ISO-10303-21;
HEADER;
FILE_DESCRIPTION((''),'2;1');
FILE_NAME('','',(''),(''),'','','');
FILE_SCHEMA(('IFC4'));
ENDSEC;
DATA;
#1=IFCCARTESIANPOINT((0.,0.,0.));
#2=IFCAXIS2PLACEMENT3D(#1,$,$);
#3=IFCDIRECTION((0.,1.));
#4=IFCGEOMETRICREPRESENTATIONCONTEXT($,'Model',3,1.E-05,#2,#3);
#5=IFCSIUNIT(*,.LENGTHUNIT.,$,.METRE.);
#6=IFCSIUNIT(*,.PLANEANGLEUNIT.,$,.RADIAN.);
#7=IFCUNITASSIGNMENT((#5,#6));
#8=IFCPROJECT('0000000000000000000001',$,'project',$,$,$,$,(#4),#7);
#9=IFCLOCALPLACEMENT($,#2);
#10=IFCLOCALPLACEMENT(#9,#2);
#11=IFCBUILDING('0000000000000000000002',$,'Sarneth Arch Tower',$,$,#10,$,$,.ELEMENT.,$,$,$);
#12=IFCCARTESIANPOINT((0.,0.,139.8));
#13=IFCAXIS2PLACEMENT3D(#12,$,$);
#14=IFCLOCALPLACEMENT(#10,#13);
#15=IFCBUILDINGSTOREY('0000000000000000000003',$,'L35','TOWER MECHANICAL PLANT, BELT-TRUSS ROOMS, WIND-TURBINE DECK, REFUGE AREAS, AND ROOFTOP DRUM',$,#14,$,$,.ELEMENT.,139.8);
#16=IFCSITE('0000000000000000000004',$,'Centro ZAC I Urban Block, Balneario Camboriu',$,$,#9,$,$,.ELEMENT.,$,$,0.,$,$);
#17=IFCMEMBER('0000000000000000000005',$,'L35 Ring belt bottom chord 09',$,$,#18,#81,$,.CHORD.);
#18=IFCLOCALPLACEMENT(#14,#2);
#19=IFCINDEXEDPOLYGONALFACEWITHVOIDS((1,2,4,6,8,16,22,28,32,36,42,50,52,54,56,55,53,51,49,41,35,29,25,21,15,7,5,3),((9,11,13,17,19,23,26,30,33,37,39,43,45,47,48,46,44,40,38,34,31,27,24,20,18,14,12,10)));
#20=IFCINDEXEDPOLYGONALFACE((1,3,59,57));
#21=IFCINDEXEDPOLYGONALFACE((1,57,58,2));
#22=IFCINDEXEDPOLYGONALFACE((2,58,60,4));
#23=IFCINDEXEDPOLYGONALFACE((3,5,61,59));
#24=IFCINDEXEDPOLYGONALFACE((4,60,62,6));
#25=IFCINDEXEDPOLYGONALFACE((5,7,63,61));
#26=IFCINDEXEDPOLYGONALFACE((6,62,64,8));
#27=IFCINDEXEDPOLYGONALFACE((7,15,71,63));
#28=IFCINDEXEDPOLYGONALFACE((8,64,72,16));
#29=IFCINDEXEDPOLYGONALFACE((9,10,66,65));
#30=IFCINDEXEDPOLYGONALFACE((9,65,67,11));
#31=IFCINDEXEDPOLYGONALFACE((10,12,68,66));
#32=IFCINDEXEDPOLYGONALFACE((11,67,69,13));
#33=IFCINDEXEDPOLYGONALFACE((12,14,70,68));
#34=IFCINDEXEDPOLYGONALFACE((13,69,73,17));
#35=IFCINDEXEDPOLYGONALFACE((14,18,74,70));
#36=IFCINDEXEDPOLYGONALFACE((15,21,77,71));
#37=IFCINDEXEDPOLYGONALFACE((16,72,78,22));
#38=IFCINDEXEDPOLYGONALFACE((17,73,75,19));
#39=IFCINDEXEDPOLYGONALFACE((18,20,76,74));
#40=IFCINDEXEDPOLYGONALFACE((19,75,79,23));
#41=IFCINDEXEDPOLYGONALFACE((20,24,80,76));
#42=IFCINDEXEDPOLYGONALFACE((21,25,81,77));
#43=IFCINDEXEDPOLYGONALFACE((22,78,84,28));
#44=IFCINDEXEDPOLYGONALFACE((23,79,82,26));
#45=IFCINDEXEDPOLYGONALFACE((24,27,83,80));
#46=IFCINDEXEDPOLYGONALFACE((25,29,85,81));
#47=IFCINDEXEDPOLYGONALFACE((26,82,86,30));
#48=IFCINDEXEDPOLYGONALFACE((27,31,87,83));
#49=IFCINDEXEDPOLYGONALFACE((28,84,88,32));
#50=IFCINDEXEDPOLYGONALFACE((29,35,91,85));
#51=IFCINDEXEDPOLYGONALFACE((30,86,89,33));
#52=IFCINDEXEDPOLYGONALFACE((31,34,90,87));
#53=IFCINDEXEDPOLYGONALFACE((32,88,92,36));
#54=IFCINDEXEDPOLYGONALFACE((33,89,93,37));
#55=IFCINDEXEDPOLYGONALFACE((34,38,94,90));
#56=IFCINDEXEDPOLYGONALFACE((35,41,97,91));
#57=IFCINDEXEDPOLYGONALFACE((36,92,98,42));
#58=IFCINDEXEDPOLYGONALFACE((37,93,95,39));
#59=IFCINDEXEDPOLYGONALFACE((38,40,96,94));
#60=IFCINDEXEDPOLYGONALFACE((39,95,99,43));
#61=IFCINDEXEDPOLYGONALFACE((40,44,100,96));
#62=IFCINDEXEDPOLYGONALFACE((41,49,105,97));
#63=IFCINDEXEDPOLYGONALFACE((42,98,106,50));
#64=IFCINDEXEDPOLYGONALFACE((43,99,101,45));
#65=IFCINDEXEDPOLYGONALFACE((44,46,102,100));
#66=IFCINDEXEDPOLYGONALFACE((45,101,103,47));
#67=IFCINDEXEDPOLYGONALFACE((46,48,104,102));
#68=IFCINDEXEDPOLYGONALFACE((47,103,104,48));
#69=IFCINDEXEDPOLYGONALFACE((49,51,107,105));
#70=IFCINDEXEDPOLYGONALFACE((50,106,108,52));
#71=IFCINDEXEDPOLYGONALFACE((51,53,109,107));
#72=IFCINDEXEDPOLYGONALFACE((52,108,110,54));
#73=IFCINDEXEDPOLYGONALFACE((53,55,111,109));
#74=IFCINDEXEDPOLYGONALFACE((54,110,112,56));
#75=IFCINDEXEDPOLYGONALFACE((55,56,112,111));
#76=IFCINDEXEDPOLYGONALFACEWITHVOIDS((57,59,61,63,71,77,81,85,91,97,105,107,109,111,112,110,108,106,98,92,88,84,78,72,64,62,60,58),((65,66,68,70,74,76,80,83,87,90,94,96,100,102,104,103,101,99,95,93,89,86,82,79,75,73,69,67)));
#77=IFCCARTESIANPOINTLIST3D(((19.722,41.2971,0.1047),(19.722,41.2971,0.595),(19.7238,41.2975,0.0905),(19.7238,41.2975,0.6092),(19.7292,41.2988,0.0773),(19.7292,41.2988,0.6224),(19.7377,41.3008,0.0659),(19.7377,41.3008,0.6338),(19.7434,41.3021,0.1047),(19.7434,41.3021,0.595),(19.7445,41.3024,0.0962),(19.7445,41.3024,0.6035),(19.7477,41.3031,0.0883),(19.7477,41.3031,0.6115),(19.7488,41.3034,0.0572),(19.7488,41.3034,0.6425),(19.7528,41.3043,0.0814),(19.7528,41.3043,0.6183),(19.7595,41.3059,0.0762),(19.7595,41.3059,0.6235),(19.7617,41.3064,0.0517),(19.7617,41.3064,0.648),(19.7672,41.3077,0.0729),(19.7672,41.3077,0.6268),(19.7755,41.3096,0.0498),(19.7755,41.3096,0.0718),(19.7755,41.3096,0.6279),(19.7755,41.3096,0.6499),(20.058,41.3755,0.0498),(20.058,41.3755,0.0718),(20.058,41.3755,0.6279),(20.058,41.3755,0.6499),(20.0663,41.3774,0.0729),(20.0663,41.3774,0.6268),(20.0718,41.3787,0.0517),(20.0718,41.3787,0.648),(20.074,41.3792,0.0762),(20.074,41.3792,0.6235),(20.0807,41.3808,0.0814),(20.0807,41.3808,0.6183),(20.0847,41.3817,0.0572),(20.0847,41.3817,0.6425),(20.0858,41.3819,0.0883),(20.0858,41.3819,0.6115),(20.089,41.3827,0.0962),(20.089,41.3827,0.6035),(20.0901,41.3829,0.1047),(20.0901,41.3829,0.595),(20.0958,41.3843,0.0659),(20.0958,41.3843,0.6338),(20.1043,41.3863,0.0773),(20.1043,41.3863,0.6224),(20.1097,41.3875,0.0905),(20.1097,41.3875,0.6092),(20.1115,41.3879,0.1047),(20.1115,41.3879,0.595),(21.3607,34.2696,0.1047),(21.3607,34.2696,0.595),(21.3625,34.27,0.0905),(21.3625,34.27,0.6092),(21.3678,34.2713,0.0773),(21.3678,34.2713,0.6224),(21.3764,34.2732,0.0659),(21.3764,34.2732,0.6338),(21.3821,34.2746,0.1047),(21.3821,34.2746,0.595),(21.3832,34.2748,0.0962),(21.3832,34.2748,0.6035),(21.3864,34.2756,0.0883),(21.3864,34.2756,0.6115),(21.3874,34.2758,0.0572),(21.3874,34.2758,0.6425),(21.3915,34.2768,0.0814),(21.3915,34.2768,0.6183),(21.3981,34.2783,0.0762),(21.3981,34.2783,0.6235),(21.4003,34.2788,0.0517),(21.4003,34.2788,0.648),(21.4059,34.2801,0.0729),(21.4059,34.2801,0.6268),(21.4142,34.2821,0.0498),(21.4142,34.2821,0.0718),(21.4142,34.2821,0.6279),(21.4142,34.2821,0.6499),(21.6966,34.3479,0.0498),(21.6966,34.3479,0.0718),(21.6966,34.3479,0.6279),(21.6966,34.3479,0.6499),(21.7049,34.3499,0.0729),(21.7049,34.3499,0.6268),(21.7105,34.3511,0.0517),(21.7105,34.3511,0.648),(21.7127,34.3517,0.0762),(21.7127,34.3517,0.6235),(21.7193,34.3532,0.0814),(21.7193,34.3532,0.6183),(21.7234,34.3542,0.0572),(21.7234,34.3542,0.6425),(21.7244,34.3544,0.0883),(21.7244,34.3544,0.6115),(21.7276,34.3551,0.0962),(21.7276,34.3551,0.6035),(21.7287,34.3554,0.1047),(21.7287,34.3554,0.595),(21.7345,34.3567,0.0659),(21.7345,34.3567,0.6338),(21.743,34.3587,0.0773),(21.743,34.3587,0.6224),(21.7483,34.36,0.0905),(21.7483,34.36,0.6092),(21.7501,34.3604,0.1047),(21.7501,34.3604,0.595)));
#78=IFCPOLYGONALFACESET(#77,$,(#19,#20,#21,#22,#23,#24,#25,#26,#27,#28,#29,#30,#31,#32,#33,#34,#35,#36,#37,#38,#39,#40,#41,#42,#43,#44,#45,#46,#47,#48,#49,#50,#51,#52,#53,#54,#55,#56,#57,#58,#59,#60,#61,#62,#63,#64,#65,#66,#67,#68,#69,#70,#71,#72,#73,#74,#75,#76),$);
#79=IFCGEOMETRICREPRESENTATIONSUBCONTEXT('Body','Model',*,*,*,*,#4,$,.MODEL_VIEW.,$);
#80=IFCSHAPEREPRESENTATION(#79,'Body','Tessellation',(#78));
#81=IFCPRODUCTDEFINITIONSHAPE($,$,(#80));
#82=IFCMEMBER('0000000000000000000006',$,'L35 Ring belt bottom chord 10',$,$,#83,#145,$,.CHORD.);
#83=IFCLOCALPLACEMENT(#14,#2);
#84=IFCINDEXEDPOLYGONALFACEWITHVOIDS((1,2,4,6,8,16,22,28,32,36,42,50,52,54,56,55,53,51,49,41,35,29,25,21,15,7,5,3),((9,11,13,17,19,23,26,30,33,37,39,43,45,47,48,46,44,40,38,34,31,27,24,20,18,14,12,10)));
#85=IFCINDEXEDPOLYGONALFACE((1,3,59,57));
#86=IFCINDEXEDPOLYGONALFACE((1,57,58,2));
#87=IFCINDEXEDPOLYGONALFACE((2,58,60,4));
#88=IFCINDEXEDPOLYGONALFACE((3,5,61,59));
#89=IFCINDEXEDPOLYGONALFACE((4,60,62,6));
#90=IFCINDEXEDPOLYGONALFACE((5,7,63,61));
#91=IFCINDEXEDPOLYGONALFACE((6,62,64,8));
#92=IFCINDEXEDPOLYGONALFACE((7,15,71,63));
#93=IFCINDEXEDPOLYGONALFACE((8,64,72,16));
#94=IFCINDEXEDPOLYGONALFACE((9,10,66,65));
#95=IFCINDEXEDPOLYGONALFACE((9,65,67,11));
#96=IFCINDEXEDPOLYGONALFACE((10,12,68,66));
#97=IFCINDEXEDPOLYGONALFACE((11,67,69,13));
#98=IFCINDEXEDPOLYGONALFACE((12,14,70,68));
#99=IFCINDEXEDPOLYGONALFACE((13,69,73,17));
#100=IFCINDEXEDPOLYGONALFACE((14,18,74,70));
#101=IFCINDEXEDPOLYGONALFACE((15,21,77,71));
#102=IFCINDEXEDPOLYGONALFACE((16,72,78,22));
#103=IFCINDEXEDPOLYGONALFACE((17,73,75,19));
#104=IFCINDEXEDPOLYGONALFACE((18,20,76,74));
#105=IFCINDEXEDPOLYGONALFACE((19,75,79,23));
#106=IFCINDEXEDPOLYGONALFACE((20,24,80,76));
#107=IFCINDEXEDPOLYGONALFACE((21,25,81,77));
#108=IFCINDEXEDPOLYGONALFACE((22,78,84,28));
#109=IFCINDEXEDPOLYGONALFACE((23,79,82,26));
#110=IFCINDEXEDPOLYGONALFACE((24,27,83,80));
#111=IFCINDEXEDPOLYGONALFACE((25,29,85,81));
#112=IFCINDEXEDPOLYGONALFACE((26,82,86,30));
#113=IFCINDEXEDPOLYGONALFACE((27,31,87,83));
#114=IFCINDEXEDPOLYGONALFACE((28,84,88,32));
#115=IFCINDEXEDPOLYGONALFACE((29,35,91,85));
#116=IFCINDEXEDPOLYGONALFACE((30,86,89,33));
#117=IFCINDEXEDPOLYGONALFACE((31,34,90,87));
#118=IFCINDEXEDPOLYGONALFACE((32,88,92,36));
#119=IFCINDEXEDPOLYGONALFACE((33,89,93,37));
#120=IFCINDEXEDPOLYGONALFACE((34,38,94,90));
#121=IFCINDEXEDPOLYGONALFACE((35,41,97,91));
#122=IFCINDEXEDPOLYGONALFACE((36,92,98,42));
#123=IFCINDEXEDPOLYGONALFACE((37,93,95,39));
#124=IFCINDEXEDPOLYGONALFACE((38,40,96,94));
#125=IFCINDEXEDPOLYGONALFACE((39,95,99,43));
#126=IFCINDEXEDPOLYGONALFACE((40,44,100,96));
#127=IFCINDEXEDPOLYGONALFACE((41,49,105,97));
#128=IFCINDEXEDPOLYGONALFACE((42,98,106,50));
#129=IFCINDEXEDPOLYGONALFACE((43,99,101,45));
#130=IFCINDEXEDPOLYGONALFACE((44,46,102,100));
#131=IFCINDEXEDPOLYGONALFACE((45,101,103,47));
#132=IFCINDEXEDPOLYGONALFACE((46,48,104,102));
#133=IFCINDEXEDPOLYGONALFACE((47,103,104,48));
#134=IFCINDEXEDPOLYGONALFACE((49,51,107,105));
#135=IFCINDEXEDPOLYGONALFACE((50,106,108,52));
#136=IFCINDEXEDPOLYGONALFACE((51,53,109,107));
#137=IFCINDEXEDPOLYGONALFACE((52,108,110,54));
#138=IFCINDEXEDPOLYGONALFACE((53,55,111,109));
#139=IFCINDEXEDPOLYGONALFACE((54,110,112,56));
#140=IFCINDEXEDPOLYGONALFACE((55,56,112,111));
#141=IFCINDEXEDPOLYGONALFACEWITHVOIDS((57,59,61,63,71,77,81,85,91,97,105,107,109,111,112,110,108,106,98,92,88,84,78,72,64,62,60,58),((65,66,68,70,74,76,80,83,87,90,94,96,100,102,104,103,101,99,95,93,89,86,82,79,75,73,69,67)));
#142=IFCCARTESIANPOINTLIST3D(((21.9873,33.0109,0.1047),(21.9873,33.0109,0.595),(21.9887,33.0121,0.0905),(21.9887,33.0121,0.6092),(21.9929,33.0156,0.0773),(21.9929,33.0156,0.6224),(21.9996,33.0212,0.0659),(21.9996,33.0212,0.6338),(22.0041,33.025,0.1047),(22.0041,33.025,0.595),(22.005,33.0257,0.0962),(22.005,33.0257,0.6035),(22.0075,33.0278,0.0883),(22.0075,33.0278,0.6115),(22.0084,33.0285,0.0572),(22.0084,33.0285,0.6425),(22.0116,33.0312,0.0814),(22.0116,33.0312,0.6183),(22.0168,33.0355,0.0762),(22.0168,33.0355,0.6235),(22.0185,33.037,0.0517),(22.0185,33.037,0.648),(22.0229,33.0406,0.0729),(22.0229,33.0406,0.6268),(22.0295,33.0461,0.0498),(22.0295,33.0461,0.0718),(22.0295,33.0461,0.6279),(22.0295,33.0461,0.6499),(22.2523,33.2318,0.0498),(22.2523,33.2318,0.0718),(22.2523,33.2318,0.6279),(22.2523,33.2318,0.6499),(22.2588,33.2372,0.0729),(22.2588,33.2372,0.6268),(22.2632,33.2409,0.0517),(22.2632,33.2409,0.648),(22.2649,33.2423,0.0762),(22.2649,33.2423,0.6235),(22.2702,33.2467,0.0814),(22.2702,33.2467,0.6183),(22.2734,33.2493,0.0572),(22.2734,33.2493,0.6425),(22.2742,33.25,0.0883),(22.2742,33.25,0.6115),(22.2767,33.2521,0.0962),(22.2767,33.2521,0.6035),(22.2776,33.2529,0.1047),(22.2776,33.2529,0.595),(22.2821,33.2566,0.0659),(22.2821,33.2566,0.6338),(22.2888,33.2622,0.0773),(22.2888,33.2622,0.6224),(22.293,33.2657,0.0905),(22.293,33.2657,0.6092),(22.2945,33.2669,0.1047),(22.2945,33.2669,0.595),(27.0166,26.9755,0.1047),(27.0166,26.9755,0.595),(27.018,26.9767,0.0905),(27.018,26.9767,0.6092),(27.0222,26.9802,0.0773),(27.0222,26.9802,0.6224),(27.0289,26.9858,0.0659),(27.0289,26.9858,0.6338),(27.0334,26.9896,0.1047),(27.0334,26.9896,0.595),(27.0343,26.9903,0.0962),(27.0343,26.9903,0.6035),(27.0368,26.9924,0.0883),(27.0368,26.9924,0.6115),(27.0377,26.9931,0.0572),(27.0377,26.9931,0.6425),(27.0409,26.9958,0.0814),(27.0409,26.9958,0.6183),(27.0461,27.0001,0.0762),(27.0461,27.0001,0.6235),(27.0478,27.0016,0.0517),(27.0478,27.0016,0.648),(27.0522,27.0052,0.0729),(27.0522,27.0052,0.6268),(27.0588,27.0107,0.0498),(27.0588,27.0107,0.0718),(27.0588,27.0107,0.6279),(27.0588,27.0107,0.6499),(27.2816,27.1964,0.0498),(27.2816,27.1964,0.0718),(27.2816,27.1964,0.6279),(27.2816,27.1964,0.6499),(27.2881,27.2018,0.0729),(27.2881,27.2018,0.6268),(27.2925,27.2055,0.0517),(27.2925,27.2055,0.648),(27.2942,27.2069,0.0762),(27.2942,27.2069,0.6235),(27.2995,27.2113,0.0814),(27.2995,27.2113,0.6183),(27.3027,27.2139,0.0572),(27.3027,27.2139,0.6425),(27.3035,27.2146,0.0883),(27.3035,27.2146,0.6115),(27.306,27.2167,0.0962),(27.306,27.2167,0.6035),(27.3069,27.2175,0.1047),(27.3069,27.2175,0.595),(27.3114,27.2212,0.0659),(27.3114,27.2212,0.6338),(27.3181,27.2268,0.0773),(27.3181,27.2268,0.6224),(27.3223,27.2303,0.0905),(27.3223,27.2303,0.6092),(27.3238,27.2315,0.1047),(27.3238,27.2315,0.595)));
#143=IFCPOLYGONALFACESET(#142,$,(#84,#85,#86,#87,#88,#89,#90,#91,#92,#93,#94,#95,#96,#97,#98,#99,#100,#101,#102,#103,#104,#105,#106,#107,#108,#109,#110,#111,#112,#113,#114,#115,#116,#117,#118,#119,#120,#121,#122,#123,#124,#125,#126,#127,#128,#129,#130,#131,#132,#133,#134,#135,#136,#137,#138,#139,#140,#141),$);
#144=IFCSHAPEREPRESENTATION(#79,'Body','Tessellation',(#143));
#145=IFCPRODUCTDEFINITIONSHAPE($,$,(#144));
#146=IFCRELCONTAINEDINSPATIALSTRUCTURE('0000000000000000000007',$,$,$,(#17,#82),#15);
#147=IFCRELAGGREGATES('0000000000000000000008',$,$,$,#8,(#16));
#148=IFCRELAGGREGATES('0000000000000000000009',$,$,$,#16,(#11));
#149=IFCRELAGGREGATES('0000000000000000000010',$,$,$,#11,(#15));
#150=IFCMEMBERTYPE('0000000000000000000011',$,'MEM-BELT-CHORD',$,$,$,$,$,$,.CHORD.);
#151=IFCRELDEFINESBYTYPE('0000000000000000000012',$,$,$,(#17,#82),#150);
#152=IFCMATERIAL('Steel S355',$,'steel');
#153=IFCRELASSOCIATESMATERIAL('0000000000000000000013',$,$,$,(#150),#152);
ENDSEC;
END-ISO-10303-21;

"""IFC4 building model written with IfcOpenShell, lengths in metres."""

from ifc_helpers import new_model, si_unit, direction, frame, origin, origin_2d, place, context, subcontext, project, spatial, hollow_rectangle, extrude, material, material_profile, profile_set, type_object, element, save


model = new_model("IFC4")

# Units and contexts
model_context = context("Model", 3, precision=1e-05, world=origin(), true_north=direction((0.0, 1.0)))
body_context = subcontext(model_context, "Body", "Model", "MODEL_VIEW")
ifc_project = project(units=[si_unit("LENGTHUNIT", "METRE"), si_unit("PLANEANGLEUNIT", "RADIAN")], contexts=[model_context])

# Site, building, storey
site_placement = place(None, origin())
site = spatial("IfcSite", under=ifc_project, at=site_placement, Name="Centro ZAC I Urban Block, Balneario Camboriu", CompositionType="ELEMENT", RefElevation=0.0)
building_placement = place(site_placement, origin())
building = spatial("IfcBuilding", under=site, at=building_placement, Name="Sarneth Arch Tower", CompositionType="ELEMENT")
storey_placement = place(building_placement, frame((0.0, 0.0, 139.8)))
storey = spatial("IfcBuildingStorey", under=building, at=storey_placement, Name="L35", Description="TOWER MECHANICAL PLANT, BELT-TRUSS ROOMS, WIND-TURBINE DECK, REFUGE AREAS, AND ROOFTOP DRUM", CompositionType="ELEMENT", Elevation=139.8)

# Members
ifc_material_1 = material(Name="Steel S355", Category="steel")
ifc_material_profile_1 = material_profile(ifc_material_1, hollow_rectangle(XDim=0.3999, YDim=0.6001, WallThickness=0.022, InnerFilletRadius=0.033, OuterFilletRadius=0.0549, at=origin_2d()), Name="RHS600x400x22")
ifc_profile_set_1 = profile_set([ifc_material_profile_1], Name="Steel S355")
member_type_1 = type_object("IfcMemberType", Name="MEM-BELT-CHORD", PredefinedType="CHORD", material=ifc_profile_set_1)
member_1_placement = place(storey_placement, frame((19.9167, 41.3425, 0.3499), z_axis=(0.227085, -0.973875, 0.0), x_axis=(0.973875, 0.227085, 0.0)))
element("IfcMember", 1, at=member_1_placement, inside=storey, type_object=member_type_1, Name="L35 Ring belt bottom chord 09", PredefinedType="CHORD", context=body_context, shape_type="SweptSolid", body=[
    extrude(hollow_rectangle(XDim=0.3999, YDim=0.6001, WallThickness=0.022, InnerFilletRadius=0.033, OuterFilletRadius=0.0549, at=origin_2d()), origin(), (0.0, 0.0, 1.0), 7.2161),
])
member_2_placement = place(storey_placement, frame((22.1409, 33.1389, 0.3499), z_axis=(0.640169, -0.768234, 0.0), x_axis=(0.768234, 0.640169, 0.0)))
element("IfcMember", 2, at=member_2_placement, inside=storey, type_object=member_type_1, Name="L35 Ring belt bottom chord 10", PredefinedType="CHORD", context=body_context, shape_type="SweptSolid", body=[
    extrude(hollow_rectangle(XDim=0.3999, YDim=0.6001, WallThickness=0.022, InnerFilletRadius=0.033, OuterFilletRadius=0.0549, at=origin_2d()), origin(), (0.0, 0.0, 1.0), 7.8562),
])

save(model, "model.ifc")
